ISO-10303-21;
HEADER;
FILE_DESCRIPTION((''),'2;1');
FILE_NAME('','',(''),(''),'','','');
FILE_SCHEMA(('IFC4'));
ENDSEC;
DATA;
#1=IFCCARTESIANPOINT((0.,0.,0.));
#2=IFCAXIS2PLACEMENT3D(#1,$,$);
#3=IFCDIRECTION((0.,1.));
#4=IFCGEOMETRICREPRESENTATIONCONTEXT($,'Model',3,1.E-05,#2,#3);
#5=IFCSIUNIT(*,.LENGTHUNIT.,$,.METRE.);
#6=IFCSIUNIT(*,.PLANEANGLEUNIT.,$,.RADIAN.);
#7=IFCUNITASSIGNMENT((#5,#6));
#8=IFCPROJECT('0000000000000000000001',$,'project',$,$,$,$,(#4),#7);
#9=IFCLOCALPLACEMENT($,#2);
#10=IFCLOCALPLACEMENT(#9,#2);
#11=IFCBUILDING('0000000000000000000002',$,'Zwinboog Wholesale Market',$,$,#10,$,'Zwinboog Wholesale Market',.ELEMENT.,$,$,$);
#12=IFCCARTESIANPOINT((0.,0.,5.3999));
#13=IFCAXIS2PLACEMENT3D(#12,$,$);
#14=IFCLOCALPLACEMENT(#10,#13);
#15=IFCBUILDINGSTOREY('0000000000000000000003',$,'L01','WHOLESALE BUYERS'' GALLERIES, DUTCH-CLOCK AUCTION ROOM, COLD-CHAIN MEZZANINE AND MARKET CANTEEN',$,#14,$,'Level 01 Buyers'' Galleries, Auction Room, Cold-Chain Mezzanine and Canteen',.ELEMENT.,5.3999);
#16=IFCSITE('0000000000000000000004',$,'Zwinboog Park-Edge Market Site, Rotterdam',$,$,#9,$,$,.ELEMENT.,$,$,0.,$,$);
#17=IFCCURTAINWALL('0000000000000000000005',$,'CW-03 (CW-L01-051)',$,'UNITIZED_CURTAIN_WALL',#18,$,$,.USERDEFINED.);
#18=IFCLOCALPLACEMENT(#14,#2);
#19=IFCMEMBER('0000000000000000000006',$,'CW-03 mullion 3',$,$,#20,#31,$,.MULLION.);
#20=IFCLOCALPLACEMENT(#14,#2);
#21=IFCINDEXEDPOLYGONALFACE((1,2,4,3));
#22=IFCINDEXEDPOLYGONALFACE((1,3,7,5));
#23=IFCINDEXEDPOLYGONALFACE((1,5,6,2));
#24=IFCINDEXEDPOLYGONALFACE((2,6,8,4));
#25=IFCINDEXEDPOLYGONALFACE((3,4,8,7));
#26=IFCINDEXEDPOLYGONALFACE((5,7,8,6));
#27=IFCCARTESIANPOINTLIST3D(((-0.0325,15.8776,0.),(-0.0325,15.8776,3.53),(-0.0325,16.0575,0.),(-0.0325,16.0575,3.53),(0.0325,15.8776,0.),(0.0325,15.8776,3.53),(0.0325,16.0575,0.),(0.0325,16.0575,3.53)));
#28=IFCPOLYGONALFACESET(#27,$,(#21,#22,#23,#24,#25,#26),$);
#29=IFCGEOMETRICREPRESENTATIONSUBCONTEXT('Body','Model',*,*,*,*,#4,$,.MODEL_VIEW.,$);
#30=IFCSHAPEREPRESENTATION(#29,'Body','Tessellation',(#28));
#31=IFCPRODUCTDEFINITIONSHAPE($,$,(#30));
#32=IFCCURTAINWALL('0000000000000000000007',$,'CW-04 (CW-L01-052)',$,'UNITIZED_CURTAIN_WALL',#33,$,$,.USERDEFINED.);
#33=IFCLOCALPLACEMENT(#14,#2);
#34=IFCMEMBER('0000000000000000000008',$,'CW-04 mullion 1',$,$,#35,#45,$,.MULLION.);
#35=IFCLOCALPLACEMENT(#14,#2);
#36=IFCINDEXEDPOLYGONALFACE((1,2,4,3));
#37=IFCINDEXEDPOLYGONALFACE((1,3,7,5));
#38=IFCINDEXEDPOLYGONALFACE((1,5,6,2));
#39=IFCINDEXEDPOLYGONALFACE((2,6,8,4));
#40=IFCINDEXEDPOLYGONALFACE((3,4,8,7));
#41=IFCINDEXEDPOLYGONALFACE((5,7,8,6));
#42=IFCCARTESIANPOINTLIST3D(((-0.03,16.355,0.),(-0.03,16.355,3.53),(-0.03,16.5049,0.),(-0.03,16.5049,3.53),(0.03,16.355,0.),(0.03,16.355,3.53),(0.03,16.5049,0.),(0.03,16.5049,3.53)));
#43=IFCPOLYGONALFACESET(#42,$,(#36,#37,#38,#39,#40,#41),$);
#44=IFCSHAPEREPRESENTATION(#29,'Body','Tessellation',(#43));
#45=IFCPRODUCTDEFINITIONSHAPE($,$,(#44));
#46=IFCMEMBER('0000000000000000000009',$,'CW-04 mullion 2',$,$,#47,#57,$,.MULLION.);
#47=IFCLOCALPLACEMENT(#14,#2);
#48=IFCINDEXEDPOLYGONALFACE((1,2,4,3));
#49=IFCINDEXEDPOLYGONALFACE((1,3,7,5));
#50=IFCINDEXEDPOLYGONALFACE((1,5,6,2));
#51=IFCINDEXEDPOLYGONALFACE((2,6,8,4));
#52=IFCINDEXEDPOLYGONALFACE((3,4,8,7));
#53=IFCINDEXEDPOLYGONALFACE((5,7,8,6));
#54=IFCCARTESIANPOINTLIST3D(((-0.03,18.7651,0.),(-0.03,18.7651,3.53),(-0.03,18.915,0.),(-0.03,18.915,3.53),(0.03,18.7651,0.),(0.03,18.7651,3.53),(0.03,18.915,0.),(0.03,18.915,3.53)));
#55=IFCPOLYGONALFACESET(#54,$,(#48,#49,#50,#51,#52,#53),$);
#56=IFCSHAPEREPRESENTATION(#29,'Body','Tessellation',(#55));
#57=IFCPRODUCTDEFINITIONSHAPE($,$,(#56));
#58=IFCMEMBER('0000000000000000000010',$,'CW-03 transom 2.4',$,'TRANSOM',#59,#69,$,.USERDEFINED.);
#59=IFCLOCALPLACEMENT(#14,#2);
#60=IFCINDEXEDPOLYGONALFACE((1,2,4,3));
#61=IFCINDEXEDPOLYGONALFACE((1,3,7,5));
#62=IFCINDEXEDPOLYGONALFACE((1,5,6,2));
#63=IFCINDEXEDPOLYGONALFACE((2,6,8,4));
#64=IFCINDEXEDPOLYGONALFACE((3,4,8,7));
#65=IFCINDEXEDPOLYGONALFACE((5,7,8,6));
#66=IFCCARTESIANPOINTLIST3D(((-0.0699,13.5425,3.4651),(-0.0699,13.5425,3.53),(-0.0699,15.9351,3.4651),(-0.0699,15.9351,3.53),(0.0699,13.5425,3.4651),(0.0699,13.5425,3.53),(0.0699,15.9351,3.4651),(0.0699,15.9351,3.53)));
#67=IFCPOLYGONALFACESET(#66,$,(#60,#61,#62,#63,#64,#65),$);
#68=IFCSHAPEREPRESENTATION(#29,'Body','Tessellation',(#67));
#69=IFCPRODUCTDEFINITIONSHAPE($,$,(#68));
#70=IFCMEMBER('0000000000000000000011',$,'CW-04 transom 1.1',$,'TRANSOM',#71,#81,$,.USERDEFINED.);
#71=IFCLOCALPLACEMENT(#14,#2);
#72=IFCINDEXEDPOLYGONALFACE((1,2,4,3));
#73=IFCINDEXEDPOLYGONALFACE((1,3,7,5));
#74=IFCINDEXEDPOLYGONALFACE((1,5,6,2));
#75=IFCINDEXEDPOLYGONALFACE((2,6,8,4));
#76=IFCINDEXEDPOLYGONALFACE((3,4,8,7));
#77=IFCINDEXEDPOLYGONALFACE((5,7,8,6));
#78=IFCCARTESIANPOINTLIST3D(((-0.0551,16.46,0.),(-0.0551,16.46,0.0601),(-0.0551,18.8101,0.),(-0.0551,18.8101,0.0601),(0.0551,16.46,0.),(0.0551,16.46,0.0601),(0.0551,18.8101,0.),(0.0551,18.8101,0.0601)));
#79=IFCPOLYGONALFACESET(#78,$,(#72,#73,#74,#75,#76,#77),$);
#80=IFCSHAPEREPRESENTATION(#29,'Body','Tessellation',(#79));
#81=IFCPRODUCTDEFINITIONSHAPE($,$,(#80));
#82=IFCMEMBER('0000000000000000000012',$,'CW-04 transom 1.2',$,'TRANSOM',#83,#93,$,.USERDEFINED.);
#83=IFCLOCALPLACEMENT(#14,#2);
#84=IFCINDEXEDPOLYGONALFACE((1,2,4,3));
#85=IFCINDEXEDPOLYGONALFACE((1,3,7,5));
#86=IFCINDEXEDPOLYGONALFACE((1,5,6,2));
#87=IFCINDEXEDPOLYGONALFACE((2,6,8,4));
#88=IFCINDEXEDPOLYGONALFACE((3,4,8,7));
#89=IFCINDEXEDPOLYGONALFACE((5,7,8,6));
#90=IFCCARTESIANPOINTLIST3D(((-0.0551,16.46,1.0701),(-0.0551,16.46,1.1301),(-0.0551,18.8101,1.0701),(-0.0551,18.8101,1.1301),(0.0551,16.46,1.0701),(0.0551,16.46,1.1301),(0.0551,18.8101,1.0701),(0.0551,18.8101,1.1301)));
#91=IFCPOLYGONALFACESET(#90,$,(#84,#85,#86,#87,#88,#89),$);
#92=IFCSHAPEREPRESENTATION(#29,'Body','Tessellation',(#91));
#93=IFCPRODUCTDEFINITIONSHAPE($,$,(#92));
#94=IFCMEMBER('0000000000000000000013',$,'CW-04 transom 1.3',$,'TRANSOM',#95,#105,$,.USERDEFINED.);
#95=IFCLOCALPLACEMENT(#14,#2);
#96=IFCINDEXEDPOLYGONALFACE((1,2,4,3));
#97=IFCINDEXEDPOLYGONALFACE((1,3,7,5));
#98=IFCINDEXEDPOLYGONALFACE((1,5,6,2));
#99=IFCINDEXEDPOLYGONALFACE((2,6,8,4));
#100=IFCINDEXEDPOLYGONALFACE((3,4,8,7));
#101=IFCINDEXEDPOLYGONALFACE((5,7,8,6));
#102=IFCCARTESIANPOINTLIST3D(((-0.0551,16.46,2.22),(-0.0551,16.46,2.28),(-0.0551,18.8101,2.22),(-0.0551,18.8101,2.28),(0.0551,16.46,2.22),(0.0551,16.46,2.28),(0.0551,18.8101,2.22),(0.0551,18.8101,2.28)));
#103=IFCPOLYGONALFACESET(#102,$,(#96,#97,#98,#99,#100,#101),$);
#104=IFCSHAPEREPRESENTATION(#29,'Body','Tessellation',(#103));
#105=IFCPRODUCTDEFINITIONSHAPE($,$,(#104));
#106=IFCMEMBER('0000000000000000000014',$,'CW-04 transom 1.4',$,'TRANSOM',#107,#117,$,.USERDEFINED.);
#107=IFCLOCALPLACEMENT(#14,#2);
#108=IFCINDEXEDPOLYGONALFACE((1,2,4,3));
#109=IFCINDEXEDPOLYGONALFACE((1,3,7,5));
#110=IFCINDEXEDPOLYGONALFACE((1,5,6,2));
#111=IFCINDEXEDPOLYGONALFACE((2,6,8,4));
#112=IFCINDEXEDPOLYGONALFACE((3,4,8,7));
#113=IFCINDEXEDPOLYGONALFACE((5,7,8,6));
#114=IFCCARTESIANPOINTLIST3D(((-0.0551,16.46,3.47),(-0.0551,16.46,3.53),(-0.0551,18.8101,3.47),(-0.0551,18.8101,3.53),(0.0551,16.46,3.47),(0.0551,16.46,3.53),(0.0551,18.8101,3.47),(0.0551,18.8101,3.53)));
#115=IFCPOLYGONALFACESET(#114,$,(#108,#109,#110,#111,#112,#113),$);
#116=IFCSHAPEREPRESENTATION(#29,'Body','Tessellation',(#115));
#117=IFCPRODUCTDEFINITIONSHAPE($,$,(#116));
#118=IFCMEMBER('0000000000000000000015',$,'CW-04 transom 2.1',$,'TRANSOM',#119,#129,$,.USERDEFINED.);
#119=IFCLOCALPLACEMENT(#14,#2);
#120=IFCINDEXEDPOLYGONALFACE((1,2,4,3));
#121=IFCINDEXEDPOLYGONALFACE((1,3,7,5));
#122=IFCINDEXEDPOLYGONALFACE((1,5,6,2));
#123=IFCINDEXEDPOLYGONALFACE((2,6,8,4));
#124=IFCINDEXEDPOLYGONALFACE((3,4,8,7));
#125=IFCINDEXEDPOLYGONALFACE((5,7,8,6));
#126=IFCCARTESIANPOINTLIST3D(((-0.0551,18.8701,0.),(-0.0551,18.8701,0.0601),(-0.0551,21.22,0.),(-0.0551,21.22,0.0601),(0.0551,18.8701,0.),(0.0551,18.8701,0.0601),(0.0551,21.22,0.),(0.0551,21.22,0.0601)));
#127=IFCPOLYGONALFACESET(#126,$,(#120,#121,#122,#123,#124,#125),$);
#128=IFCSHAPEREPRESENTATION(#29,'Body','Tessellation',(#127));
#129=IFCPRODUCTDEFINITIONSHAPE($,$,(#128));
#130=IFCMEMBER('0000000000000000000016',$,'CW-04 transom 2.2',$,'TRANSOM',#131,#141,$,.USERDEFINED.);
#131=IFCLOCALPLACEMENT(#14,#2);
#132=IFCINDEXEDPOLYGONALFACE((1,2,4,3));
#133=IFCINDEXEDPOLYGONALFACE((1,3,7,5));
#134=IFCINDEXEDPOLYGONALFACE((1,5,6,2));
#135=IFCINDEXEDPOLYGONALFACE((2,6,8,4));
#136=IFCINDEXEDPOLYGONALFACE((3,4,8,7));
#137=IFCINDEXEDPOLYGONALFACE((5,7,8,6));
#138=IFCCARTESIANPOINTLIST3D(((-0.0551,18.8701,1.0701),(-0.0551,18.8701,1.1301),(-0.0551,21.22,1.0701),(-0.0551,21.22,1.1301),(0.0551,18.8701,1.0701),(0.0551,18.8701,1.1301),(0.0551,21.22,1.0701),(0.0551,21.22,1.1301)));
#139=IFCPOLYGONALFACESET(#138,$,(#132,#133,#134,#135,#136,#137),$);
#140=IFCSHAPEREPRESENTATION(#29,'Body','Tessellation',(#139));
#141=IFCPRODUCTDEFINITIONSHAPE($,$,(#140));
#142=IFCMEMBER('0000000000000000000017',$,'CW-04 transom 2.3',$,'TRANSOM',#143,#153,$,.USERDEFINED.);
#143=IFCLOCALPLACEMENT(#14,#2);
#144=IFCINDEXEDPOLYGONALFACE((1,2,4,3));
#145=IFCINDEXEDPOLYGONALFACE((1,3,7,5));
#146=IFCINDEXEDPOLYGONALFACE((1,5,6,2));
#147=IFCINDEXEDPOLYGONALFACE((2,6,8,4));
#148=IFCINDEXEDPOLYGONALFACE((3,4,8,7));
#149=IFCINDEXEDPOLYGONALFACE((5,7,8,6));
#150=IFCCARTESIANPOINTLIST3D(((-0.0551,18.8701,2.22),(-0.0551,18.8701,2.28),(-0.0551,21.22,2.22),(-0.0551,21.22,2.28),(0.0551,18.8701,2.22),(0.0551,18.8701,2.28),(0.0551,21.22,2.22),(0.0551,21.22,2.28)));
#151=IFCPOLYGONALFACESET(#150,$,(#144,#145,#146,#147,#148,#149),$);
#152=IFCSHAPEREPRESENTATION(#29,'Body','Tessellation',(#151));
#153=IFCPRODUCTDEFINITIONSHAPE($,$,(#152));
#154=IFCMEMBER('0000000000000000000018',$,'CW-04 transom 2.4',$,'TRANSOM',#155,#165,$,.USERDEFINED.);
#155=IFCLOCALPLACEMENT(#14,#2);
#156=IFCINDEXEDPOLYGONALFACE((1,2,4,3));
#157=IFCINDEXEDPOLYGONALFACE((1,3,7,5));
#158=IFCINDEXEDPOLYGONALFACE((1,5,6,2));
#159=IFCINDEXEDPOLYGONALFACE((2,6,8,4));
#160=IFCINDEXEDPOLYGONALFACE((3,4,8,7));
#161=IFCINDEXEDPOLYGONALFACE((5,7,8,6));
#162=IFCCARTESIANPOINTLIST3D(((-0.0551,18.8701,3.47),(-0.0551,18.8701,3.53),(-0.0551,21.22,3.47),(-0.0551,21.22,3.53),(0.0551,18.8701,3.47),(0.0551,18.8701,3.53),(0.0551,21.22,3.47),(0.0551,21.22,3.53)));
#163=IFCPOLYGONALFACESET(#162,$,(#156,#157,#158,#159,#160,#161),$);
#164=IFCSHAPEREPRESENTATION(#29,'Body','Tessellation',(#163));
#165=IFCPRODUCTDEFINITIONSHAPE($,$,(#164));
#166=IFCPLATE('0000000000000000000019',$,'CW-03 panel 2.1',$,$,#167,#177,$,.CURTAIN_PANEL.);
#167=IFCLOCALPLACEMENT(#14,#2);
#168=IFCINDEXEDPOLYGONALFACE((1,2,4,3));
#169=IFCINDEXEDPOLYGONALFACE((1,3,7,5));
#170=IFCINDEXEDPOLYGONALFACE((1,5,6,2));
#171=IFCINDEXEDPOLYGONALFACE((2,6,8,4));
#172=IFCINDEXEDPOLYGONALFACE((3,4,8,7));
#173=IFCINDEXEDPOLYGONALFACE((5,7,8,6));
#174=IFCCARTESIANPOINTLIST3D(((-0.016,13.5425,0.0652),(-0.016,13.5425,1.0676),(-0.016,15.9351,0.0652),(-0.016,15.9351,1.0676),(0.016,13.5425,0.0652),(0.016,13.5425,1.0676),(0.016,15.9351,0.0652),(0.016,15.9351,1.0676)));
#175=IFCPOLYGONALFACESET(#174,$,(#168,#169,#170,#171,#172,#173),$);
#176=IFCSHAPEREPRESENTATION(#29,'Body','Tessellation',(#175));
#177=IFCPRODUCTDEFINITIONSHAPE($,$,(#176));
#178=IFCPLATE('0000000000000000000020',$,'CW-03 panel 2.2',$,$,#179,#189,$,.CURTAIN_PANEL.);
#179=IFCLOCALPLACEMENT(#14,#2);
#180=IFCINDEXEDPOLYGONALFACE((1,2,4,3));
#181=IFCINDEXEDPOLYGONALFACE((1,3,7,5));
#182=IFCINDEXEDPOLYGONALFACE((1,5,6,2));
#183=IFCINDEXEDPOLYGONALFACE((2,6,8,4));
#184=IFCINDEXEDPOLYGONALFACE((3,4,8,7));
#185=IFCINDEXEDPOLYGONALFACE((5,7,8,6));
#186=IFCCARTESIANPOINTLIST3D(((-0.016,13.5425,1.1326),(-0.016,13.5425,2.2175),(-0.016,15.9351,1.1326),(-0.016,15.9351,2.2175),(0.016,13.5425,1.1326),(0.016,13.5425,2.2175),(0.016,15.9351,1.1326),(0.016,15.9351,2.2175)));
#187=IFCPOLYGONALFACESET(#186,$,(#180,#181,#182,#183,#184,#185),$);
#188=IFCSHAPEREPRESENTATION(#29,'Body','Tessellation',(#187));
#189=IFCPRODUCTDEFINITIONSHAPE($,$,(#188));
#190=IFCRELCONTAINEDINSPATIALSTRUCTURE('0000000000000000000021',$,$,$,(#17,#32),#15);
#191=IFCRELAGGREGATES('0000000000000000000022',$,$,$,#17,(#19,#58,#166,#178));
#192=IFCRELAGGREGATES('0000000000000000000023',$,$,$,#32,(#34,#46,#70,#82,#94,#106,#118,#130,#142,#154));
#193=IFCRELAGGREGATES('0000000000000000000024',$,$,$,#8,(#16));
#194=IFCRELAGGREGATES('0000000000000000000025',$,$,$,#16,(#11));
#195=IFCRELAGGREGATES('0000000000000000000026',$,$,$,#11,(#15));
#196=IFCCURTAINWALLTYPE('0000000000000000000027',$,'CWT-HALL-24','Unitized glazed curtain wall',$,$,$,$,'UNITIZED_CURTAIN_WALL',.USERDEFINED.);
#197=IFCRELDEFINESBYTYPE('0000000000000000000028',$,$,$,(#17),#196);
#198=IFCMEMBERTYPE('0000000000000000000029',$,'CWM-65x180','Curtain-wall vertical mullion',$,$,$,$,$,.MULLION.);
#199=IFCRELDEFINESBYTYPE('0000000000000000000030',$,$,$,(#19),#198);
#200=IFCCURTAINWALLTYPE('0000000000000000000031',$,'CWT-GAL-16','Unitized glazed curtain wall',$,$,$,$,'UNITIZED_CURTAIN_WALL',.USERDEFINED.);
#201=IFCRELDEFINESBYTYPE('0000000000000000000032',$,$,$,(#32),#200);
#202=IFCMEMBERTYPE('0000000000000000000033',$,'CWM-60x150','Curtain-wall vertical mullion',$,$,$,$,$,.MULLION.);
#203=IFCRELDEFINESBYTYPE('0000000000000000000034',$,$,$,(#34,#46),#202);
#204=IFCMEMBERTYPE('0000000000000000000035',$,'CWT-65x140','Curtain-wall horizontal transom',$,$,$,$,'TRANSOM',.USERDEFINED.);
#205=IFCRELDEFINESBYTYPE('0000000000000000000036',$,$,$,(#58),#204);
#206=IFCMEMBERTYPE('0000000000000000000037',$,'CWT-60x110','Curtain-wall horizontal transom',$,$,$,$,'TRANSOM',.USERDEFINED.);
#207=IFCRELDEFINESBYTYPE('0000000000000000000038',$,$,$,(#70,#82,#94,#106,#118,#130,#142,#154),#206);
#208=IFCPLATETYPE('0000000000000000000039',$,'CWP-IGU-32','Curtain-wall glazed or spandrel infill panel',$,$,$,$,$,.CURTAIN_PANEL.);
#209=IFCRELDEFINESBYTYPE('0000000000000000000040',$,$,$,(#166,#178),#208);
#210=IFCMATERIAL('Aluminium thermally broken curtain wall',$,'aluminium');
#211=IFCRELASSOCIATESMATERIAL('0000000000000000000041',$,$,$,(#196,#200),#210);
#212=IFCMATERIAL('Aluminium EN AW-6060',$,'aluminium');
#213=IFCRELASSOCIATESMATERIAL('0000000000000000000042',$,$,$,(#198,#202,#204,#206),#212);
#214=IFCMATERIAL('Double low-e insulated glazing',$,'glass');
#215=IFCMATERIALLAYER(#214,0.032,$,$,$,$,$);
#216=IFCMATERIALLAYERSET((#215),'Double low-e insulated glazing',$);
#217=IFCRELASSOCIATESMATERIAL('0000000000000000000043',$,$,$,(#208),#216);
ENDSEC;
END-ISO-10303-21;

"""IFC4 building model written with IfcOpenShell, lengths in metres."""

from ifc_helpers import new_model, si_unit, direction, frame, origin, origin_2d, place, context, subcontext, project, spatial, rectangle, extrude, material, layer, layer_set, material_profile, profile_set, type_object, element, aggregate, save


model = new_model("IFC4")

# Units and contexts
model_context = context("Model", 3, precision=1e-05, world=origin(), true_north=direction((0.0, 1.0)))
body_context = subcontext(model_context, "Body", "Model", "MODEL_VIEW")
ifc_project = project(units=[si_unit("LENGTHUNIT", "METRE"), si_unit("PLANEANGLEUNIT", "RADIAN")], contexts=[model_context])

# Site, building, storey
site_placement = place(None, origin())
site = spatial("IfcSite", under=ifc_project, at=site_placement, Name="Zwinboog Park-Edge Market Site, Rotterdam", CompositionType="ELEMENT", RefElevation=0.0)
building_placement = place(site_placement, origin())
building = spatial("IfcBuilding", under=site, at=building_placement, Name="Zwinboog Wholesale Market", LongName="Zwinboog Wholesale Market", CompositionType="ELEMENT")
storey_placement = place(building_placement, frame((0.0, 0.0, 5.3999)))
storey = spatial("IfcBuildingStorey", under=building, at=storey_placement, Name="L01", Description="WHOLESALE BUYERS' GALLERIES, DUTCH-CLOCK AUCTION ROOM, COLD-CHAIN MEZZANINE AND MARKET CANTEEN", LongName="Level 01 Buyers' Galleries, Auction Room, Cold-Chain Mezzanine and Canteen", CompositionType="ELEMENT", Elevation=5.3999)

# Curtain wall, member
ifc_material_1 = material(Name="Aluminium thermally broken curtain wall", Category="aluminium")
curtain_wall_type_1 = type_object("IfcCurtainWallType", Name="CWT-HALL-24", Description="Unitized glazed curtain wall", ElementType="UNITIZED_CURTAIN_WALL", PredefinedType="USERDEFINED", material=ifc_material_1)
curtain_wall_1_placement = place(storey_placement, origin())
curtain_wall_1 = element("IfcCurtainWall", 1, at=curtain_wall_1_placement, inside=storey, type_object=curtain_wall_type_1, Name="CW-03 (CW-L01-051)", ObjectType="UNITIZED_CURTAIN_WALL", PredefinedType="USERDEFINED")
ifc_material_2 = material(Name="Aluminium EN AW-6060", Category="aluminium")
ifc_material_profile_1 = material_profile(ifc_material_2, rectangle(XDim=0.0649, YDim=0.1799, at=origin_2d()), Name="AL 65x180")
ifc_profile_set_1 = profile_set([ifc_material_profile_1], Name="Aluminium EN AW-6060")
member_type_1 = type_object("IfcMemberType", Name="CWM-65x180", Description="Curtain-wall vertical mullion", PredefinedType="MULLION", material=ifc_profile_set_1)
member_1_placement = place(storey_placement, frame((0.0, 15.9675, 0.0), z_axis=(0.0, 0.0, 1.0), x_axis=(-1.0, 0.0, 0.0)))
member_1 = element("IfcMember", 2, at=member_1_placement, type_object=member_type_1, Name="CW-03 mullion 3", PredefinedType="MULLION", context=body_context, shape_type="SweptSolid", body=[
    extrude(rectangle(XDim=0.0649, YDim=0.1799, at=origin_2d()), origin(), (0.0, 0.0, 1.0), 3.53),
])

# Curtain wall, members
curtain_wall_type_2 = type_object("IfcCurtainWallType", Name="CWT-GAL-16", Description="Unitized glazed curtain wall", ElementType="UNITIZED_CURTAIN_WALL", PredefinedType="USERDEFINED", material=ifc_material_1)
curtain_wall_2_placement = place(storey_placement, origin())
curtain_wall_2 = element("IfcCurtainWall", 3, at=curtain_wall_2_placement, inside=storey, type_object=curtain_wall_type_2, Name="CW-04 (CW-L01-052)", ObjectType="UNITIZED_CURTAIN_WALL", PredefinedType="USERDEFINED")
ifc_material_profile_2 = material_profile(ifc_material_2, rectangle(XDim=0.0601, YDim=0.1499, at=origin_2d()), Name="AL 60x150")
ifc_profile_set_2 = profile_set([ifc_material_profile_2], Name="Aluminium EN AW-6060")
member_type_2 = type_object("IfcMemberType", Name="CWM-60x150", Description="Curtain-wall vertical mullion", PredefinedType="MULLION", material=ifc_profile_set_2)
member_2_placement = place(storey_placement, frame((0.0, 16.4299, 0.0), z_axis=(0.0, 0.0, 1.0), x_axis=(-1.0, 0.0, 0.0)))
member_2 = element("IfcMember", 4, at=member_2_placement, type_object=member_type_2, Name="CW-04 mullion 1", PredefinedType="MULLION", context=body_context, shape_type="SweptSolid", body=[
    extrude(rectangle(XDim=0.0601, YDim=0.1499, at=origin_2d()), origin(), (0.0, 0.0, 1.0), 3.53),
])
member_3_placement = place(storey_placement, frame((0.0, 18.8401, 0.0), z_axis=(0.0, 0.0, 1.0), x_axis=(-1.0, 0.0, 0.0)))
member_3 = element("IfcMember", 5, at=member_3_placement, type_object=member_type_2, Name="CW-04 mullion 2", PredefinedType="MULLION", context=body_context, shape_type="SweptSolid", body=[
    extrude(rectangle(XDim=0.0601, YDim=0.1499, at=origin_2d()), origin(), (0.0, 0.0, 1.0), 3.53),
])

# Members
ifc_material_profile_3 = material_profile(ifc_material_2, rectangle(XDim=0.1399, YDim=0.0649, at=origin_2d()), Name="AL 65x140")
ifc_profile_set_3 = profile_set([ifc_material_profile_3], Name="Aluminium EN AW-6060")
member_type_3 = type_object("IfcMemberType", Name="CWT-65x140", Description="Curtain-wall horizontal transom", ElementType="TRANSOM", PredefinedType="USERDEFINED", material=ifc_profile_set_3)
member_4_placement = place(storey_placement, frame((0.0, 13.5425, 3.4976), z_axis=(0.0, 1.0, 0.0), x_axis=(-1.0, 0.0, 0.0)))
member_4 = element("IfcMember", 6, at=member_4_placement, type_object=member_type_3, Name="CW-03 transom 2.4", ObjectType="TRANSOM", PredefinedType="USERDEFINED", context=body_context, shape_type="SweptSolid", body=[
    extrude(rectangle(XDim=0.1399, YDim=0.0649, at=origin_2d()), origin(), (0.0, 0.0, 1.0), 2.3926),
])
ifc_material_profile_4 = material_profile(ifc_material_2, rectangle(XDim=0.1101, YDim=0.0601, at=origin_2d()), Name="AL 60x110")
ifc_profile_set_4 = profile_set([ifc_material_profile_4], Name="Aluminium EN AW-6060")
member_type_4 = type_object("IfcMemberType", Name="CWT-60x110", Description="Curtain-wall horizontal transom", ElementType="TRANSOM", PredefinedType="USERDEFINED", material=ifc_profile_set_4)
member_5_placement = place(storey_placement, frame((0.0, 16.46, 0.03), z_axis=(0.0, 1.0, 0.0), x_axis=(-1.0, 0.0, 0.0)))
member_5 = element("IfcMember", 7, at=member_5_placement, type_object=member_type_4, Name="CW-04 transom 1.1", ObjectType="TRANSOM", PredefinedType="USERDEFINED", context=body_context, shape_type="SweptSolid", body=[
    extrude(rectangle(XDim=0.1101, YDim=0.0601, at=origin_2d()), origin(), (0.0, 0.0, 1.0), 2.3501),
])
member_6_placement = place(storey_placement, frame((0.0, 16.46, 1.1001), z_axis=(0.0, 1.0, 0.0), x_axis=(-1.0, 0.0, 0.0)))
member_6 = element("IfcMember", 8, at=member_6_placement, type_object=member_type_4, Name="CW-04 transom 1.2", ObjectType="TRANSOM", PredefinedType="USERDEFINED", context=body_context, shape_type="SweptSolid", body=[
    extrude(rectangle(XDim=0.1101, YDim=0.0601, at=origin_2d()), origin(), (0.0, 0.0, 1.0), 2.3501),
])
member_7_placement = place(storey_placement, frame((0.0, 16.46, 2.25), z_axis=(0.0, 1.0, 0.0), x_axis=(-1.0, 0.0, 0.0)))
member_7 = element("IfcMember", 9, at=member_7_placement, type_object=member_type_4, Name="CW-04 transom 1.3", ObjectType="TRANSOM", PredefinedType="USERDEFINED", context=body_context, shape_type="SweptSolid", body=[
    extrude(rectangle(XDim=0.1101, YDim=0.0601, at=origin_2d()), origin(), (0.0, 0.0, 1.0), 2.3501),
])
member_8_placement = place(storey_placement, frame((0.0, 16.46, 3.5), z_axis=(0.0, 1.0, 0.0), x_axis=(-1.0, 0.0, 0.0)))
member_8 = element("IfcMember", 10, at=member_8_placement, type_object=member_type_4, Name="CW-04 transom 1.4", ObjectType="TRANSOM", PredefinedType="USERDEFINED", context=body_context, shape_type="SweptSolid", body=[
    extrude(rectangle(XDim=0.1101, YDim=0.0601, at=origin_2d()), origin(), (0.0, 0.0, 1.0), 2.3501),
])
member_9_placement = place(storey_placement, frame((0.0, 18.8701, 0.03), z_axis=(0.0, 1.0, 0.0), x_axis=(-1.0, 0.0, 0.0)))
member_9 = element("IfcMember", 11, at=member_9_placement, type_object=member_type_4, Name="CW-04 transom 2.1", ObjectType="TRANSOM", PredefinedType="USERDEFINED", context=body_context, shape_type="SweptSolid", body=[
    extrude(rectangle(XDim=0.1101, YDim=0.0601, at=origin_2d()), origin(), (0.0, 0.0, 1.0), 2.3499),
])
member_10_placement = place(storey_placement, frame((0.0, 18.8701, 1.1001), z_axis=(0.0, 1.0, 0.0), x_axis=(-1.0, 0.0, 0.0)))
member_10 = element("IfcMember", 12, at=member_10_placement, type_object=member_type_4, Name="CW-04 transom 2.2", ObjectType="TRANSOM", PredefinedType="USERDEFINED", context=body_context, shape_type="SweptSolid", body=[
    extrude(rectangle(XDim=0.1101, YDim=0.0601, at=origin_2d()), origin(), (0.0, 0.0, 1.0), 2.3499),
])
member_11_placement = place(storey_placement, frame((0.0, 18.8701, 2.25), z_axis=(0.0, 1.0, 0.0), x_axis=(-1.0, 0.0, 0.0)))
member_11 = element("IfcMember", 13, at=member_11_placement, type_object=member_type_4, Name="CW-04 transom 2.3", ObjectType="TRANSOM", PredefinedType="USERDEFINED", context=body_context, shape_type="SweptSolid", body=[
    extrude(rectangle(XDim=0.1101, YDim=0.0601, at=origin_2d()), origin(), (0.0, 0.0, 1.0), 2.3499),
])
member_12_placement = place(storey_placement, frame((0.0, 18.8701, 3.5), z_axis=(0.0, 1.0, 0.0), x_axis=(-1.0, 0.0, 0.0)))
member_12 = element("IfcMember", 14, at=member_12_placement, type_object=member_type_4, Name="CW-04 transom 2.4", ObjectType="TRANSOM", PredefinedType="USERDEFINED", context=body_context, shape_type="SweptSolid", body=[
    extrude(rectangle(XDim=0.1101, YDim=0.0601, at=origin_2d()), origin(), (0.0, 0.0, 1.0), 2.3499),
])

# Plates
ifc_material_3 = material(Name="Double low-e insulated glazing", Category="glass")
ifc_layer_1 = layer(ifc_material_3, 0.032)
ifc_layer_set_1 = layer_set([ifc_layer_1], Name="Double low-e insulated glazing")
plate_type = type_object("IfcPlateType", Name="CWP-IGU-32", Description="Curtain-wall glazed or spandrel infill panel", PredefinedType="CURTAIN_PANEL", material=ifc_layer_set_1)
plate_1_placement = place(storey_placement, frame((0.0, 14.7388, 0.0652), z_axis=(0.0, 0.0, 1.0), x_axis=(0.0, 1.0, 0.0)))
plate_1 = element("IfcPlate", 15, at=plate_1_placement, type_object=plate_type, Name="CW-03 panel 2.1", PredefinedType="CURTAIN_PANEL", context=body_context, shape_type="SweptSolid", body=[
    extrude(rectangle(XDim=2.3926, YDim=0.032, at=origin_2d()), origin(), (0.0, 0.0, 1.0), 1.0024),
])
plate_2_placement = place(storey_placement, frame((0.0, 14.7388, 1.1326), z_axis=(0.0, 0.0, 1.0), x_axis=(0.0, 1.0, 0.0)))
plate_2 = element("IfcPlate", 16, at=plate_2_placement, type_object=plate_type, Name="CW-03 panel 2.2", PredefinedType="CURTAIN_PANEL", context=body_context, shape_type="SweptSolid", body=[
    extrude(rectangle(XDim=2.3926, YDim=0.032, at=origin_2d()), origin(), (0.0, 0.0, 1.0), 1.085),
])
aggregate(curtain_wall_1, [member_1, member_4, plate_1, plate_2])
aggregate(curtain_wall_2, [member_2, member_3, member_5, member_6, member_7, member_8, member_9, member_10, member_11, member_12])

save(model, "model.ifc")
